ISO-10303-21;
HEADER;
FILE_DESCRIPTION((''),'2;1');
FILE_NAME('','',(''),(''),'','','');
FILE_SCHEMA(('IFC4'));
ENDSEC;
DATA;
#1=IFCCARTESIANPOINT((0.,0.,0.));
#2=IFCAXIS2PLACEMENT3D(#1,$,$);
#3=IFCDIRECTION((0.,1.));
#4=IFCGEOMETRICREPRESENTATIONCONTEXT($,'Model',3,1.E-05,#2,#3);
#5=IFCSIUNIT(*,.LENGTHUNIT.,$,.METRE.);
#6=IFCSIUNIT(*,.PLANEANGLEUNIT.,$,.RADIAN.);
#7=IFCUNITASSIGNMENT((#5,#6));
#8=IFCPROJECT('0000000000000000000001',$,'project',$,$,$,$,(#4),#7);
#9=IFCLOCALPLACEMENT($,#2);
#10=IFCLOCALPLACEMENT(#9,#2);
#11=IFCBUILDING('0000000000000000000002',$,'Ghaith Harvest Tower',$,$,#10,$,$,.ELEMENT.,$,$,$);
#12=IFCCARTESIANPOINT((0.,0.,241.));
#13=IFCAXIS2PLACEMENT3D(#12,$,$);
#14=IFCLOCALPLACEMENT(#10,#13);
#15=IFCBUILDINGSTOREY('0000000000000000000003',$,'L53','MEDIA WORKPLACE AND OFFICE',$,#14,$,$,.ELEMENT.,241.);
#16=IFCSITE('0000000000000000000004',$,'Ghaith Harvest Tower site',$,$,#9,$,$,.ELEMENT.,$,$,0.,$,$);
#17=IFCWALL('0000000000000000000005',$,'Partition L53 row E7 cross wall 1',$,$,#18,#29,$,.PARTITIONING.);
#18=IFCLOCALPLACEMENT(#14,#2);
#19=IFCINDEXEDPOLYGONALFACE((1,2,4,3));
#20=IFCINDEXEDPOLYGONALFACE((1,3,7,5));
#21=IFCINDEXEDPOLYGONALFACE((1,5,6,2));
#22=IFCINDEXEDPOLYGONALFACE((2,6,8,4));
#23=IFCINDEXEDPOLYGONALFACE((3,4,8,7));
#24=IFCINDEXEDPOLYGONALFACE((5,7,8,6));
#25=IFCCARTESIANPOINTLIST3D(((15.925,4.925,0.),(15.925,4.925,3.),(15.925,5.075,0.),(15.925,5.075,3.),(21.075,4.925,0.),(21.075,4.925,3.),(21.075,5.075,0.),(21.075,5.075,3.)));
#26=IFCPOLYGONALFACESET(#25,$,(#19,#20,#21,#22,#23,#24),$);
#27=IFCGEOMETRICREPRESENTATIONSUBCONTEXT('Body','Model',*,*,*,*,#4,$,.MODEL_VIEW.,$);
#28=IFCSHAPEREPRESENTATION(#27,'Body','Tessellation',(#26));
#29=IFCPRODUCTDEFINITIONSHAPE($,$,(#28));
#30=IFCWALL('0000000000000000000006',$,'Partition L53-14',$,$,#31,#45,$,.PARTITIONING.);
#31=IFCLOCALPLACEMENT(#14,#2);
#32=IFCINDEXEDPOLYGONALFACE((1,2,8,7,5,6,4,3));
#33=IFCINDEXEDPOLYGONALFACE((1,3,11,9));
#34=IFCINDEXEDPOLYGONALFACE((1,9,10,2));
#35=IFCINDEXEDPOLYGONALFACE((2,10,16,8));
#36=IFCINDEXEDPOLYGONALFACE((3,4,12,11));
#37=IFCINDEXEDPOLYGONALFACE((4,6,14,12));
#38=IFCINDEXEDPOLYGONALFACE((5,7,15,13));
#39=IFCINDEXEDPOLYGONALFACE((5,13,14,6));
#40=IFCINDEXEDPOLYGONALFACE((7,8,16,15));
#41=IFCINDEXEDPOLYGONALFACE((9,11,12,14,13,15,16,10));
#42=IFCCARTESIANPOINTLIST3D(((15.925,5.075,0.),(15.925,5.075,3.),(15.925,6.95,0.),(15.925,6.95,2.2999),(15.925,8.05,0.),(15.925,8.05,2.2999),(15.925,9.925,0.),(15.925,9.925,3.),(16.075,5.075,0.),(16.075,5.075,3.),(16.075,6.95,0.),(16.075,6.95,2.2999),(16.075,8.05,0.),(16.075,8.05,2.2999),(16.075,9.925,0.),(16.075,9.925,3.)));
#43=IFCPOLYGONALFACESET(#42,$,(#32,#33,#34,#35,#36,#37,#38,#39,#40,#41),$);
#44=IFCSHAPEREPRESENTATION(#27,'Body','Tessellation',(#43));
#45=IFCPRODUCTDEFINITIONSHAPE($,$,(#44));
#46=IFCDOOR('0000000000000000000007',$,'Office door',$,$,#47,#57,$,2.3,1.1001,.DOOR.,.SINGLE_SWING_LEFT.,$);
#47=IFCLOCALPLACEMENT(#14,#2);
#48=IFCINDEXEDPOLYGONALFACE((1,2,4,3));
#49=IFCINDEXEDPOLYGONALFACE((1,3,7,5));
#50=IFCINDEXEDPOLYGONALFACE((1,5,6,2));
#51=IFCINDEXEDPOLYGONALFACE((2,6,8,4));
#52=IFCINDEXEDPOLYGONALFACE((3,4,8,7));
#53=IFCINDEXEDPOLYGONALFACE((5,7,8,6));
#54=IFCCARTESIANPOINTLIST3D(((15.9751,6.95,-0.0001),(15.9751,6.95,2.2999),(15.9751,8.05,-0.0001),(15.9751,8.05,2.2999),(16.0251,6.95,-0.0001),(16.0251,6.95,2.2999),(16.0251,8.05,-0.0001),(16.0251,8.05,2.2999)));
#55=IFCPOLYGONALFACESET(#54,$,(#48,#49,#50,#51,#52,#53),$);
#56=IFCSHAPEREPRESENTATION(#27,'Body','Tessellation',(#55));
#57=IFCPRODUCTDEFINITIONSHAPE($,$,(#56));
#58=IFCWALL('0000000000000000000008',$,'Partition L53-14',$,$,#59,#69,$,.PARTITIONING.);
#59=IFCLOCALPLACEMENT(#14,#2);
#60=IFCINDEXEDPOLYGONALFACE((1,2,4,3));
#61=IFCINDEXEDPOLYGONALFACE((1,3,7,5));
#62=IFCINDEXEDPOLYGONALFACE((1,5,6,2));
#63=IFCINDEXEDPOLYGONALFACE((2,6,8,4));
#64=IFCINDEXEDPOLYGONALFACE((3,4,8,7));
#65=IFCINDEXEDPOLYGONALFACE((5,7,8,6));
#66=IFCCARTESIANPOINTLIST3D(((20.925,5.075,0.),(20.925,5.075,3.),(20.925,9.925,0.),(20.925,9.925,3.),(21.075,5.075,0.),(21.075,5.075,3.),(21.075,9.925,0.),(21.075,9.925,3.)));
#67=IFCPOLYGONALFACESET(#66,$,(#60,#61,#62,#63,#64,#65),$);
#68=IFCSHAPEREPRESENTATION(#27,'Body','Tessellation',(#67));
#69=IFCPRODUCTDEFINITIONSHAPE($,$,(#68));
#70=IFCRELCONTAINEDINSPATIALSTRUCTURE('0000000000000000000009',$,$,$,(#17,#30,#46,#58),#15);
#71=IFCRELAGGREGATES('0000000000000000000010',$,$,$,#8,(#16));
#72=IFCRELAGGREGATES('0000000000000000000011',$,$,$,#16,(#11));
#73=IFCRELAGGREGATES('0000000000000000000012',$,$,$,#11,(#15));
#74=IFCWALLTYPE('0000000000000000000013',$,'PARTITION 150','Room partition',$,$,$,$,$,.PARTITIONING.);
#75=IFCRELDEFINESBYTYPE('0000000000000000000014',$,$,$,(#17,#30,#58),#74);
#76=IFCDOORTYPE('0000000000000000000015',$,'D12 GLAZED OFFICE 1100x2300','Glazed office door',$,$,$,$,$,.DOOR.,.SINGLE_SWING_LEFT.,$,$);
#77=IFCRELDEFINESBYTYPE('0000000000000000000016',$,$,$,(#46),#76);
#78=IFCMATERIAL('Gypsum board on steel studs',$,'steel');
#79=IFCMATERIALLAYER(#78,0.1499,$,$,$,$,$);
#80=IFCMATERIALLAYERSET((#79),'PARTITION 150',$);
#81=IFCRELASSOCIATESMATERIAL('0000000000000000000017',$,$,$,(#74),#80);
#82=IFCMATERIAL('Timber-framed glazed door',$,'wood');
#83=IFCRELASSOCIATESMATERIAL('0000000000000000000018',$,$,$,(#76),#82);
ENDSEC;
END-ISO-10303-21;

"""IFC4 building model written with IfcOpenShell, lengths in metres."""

from ifc_helpers import new_model, si_unit, direction, frame, frame_2d, origin, place, context, subcontext, project, spatial, rectangle, extrude, material, layer, layer_set, type_object, element, fill, save


model = new_model("IFC4")

# Units and contexts
model_context = context("Model", 3, precision=1e-05, world=origin(), true_north=direction((0.0, 1.0)))
body_context = subcontext(model_context, "Body", "Model", "MODEL_VIEW")
ifc_project = project(units=[si_unit("LENGTHUNIT", "METRE"), si_unit("PLANEANGLEUNIT", "RADIAN")], contexts=[model_context])

# Site, building, storey
site_placement = place(None, origin())
site = spatial("IfcSite", under=ifc_project, at=site_placement, Name="Ghaith Harvest Tower site", CompositionType="ELEMENT", RefElevation=0.0)
building_placement = place(site_placement, origin())
building = spatial("IfcBuilding", under=site, at=building_placement, Name="Ghaith Harvest Tower", CompositionType="ELEMENT")
storey_placement = place(building_placement, frame((0.0, 0.0, 241.0)))
storey = spatial("IfcBuildingStorey", under=building, at=storey_placement, Name="L53", Description="MEDIA WORKPLACE AND OFFICE", CompositionType="ELEMENT", Elevation=241.0)

# Wall
ifc_material_1 = material(Name="Gypsum board on steel studs", Category="steel")
ifc_layer_1 = layer(ifc_material_1, 0.1499)
ifc_layer_set_1 = layer_set([ifc_layer_1], Name="PARTITION 150")
wall_type = type_object("IfcWallType", Name="PARTITION 150", Description="Room partition", PredefinedType="PARTITIONING", material=ifc_layer_set_1)
for number, where, z_axis, x_axis, name in (
    (1, (15.925, 5.0, 0.0), (0.0, 0.0, 1.0), (1.0, 0.0, 0.0), "Partition L53 row E7 cross wall 1"),
):
    element("IfcWall", number, at=place(storey_placement, frame(where, z_axis=z_axis, x_axis=x_axis)), inside=storey, type_object=wall_type, Name=name, PredefinedType="PARTITIONING", context=body_context, shape_type="SweptSolid", body=[
        extrude(rectangle(XDim=5.1499, YDim=0.1499, at=frame_2d((2.575, 0.0))), origin(), (0.0, 0.0, 1.0), 3.0),
    ])

# Wall, opening, door
wall_1_placement = place(storey_placement, frame((16.0, 5.075, 0.0), z_axis=(0.0, 0.0, 1.0), x_axis=(0.0, 1.0, 0.0)))
wall_1 = element("IfcWall", 2, at=wall_1_placement, inside=storey, type_object=wall_type, Name="Partition L53-14", PredefinedType="PARTITIONING", context=body_context, shape_type="SweptSolid", body=[
    extrude(rectangle(XDim=4.8501, YDim=0.1499, at=frame_2d((2.425, 0.0))), origin(), (0.0, 0.0, 1.0), 3.0),
])
opening_placement = place(wall_1_placement, frame((1.875, 0.0, 0.0)))
opening = element("IfcOpeningElement", 3, at=opening_placement, cuts=wall_1, PredefinedType="OPENING", context=body_context, shape_type="SweptSolid", body=[
    extrude(rectangle(XDim=1.1001, YDim=2.3, at=frame_2d((0.55, 1.1499))), frame((0.0, 0.085, 0.0), z_axis=(0.0, -1.0, 0.0), x_axis=(1.0, 0.0, 0.0)), (0.0, 0.0, 1.0), 0.1699),
])
ifc_material_2 = material(Name="Timber-framed glazed door", Category="wood")
door_type = type_object("IfcDoorType", Name="D12 GLAZED OFFICE 1100x2300", Description="Glazed office door", OperationType="SINGLE_SWING_LEFT", PredefinedType="DOOR", material=ifc_material_2)
door_placement = place(opening_placement, origin())
door = element("IfcDoor", 4, at=door_placement, inside=storey, type_object=door_type, Name="Office door", OperationType="SINGLE_SWING_LEFT", OverallHeight=2.3, OverallWidth=1.1001, PredefinedType="DOOR", context=body_context, shape_type="SweptSolid", body=[
    extrude(rectangle(XDim=1.1001, YDim=2.3, at=frame_2d((0.55, 1.1499))), frame((0.0, 0.0249, 0.0), z_axis=(0.0, -1.0, 0.0), x_axis=(1.0, 0.0, 0.0)), (0.0, 0.0, 1.0), 0.05),
])
fill(opening, door)

# Wall
wall_2_placement = place(storey_placement, frame((21.0, 5.075, 0.0), z_axis=(0.0, 0.0, 1.0), x_axis=(0.0, 1.0, 0.0)))
element("IfcWall", 5, at=wall_2_placement, inside=storey, type_object=wall_type, Name="Partition L53-14", PredefinedType="PARTITIONING", context=body_context, shape_type="SweptSolid", body=[
    extrude(rectangle(XDim=4.8501, YDim=0.1499, at=frame_2d((2.425, 0.0))), origin(), (0.0, 0.0, 1.0), 3.0),
])

save(model, "model.ifc")
